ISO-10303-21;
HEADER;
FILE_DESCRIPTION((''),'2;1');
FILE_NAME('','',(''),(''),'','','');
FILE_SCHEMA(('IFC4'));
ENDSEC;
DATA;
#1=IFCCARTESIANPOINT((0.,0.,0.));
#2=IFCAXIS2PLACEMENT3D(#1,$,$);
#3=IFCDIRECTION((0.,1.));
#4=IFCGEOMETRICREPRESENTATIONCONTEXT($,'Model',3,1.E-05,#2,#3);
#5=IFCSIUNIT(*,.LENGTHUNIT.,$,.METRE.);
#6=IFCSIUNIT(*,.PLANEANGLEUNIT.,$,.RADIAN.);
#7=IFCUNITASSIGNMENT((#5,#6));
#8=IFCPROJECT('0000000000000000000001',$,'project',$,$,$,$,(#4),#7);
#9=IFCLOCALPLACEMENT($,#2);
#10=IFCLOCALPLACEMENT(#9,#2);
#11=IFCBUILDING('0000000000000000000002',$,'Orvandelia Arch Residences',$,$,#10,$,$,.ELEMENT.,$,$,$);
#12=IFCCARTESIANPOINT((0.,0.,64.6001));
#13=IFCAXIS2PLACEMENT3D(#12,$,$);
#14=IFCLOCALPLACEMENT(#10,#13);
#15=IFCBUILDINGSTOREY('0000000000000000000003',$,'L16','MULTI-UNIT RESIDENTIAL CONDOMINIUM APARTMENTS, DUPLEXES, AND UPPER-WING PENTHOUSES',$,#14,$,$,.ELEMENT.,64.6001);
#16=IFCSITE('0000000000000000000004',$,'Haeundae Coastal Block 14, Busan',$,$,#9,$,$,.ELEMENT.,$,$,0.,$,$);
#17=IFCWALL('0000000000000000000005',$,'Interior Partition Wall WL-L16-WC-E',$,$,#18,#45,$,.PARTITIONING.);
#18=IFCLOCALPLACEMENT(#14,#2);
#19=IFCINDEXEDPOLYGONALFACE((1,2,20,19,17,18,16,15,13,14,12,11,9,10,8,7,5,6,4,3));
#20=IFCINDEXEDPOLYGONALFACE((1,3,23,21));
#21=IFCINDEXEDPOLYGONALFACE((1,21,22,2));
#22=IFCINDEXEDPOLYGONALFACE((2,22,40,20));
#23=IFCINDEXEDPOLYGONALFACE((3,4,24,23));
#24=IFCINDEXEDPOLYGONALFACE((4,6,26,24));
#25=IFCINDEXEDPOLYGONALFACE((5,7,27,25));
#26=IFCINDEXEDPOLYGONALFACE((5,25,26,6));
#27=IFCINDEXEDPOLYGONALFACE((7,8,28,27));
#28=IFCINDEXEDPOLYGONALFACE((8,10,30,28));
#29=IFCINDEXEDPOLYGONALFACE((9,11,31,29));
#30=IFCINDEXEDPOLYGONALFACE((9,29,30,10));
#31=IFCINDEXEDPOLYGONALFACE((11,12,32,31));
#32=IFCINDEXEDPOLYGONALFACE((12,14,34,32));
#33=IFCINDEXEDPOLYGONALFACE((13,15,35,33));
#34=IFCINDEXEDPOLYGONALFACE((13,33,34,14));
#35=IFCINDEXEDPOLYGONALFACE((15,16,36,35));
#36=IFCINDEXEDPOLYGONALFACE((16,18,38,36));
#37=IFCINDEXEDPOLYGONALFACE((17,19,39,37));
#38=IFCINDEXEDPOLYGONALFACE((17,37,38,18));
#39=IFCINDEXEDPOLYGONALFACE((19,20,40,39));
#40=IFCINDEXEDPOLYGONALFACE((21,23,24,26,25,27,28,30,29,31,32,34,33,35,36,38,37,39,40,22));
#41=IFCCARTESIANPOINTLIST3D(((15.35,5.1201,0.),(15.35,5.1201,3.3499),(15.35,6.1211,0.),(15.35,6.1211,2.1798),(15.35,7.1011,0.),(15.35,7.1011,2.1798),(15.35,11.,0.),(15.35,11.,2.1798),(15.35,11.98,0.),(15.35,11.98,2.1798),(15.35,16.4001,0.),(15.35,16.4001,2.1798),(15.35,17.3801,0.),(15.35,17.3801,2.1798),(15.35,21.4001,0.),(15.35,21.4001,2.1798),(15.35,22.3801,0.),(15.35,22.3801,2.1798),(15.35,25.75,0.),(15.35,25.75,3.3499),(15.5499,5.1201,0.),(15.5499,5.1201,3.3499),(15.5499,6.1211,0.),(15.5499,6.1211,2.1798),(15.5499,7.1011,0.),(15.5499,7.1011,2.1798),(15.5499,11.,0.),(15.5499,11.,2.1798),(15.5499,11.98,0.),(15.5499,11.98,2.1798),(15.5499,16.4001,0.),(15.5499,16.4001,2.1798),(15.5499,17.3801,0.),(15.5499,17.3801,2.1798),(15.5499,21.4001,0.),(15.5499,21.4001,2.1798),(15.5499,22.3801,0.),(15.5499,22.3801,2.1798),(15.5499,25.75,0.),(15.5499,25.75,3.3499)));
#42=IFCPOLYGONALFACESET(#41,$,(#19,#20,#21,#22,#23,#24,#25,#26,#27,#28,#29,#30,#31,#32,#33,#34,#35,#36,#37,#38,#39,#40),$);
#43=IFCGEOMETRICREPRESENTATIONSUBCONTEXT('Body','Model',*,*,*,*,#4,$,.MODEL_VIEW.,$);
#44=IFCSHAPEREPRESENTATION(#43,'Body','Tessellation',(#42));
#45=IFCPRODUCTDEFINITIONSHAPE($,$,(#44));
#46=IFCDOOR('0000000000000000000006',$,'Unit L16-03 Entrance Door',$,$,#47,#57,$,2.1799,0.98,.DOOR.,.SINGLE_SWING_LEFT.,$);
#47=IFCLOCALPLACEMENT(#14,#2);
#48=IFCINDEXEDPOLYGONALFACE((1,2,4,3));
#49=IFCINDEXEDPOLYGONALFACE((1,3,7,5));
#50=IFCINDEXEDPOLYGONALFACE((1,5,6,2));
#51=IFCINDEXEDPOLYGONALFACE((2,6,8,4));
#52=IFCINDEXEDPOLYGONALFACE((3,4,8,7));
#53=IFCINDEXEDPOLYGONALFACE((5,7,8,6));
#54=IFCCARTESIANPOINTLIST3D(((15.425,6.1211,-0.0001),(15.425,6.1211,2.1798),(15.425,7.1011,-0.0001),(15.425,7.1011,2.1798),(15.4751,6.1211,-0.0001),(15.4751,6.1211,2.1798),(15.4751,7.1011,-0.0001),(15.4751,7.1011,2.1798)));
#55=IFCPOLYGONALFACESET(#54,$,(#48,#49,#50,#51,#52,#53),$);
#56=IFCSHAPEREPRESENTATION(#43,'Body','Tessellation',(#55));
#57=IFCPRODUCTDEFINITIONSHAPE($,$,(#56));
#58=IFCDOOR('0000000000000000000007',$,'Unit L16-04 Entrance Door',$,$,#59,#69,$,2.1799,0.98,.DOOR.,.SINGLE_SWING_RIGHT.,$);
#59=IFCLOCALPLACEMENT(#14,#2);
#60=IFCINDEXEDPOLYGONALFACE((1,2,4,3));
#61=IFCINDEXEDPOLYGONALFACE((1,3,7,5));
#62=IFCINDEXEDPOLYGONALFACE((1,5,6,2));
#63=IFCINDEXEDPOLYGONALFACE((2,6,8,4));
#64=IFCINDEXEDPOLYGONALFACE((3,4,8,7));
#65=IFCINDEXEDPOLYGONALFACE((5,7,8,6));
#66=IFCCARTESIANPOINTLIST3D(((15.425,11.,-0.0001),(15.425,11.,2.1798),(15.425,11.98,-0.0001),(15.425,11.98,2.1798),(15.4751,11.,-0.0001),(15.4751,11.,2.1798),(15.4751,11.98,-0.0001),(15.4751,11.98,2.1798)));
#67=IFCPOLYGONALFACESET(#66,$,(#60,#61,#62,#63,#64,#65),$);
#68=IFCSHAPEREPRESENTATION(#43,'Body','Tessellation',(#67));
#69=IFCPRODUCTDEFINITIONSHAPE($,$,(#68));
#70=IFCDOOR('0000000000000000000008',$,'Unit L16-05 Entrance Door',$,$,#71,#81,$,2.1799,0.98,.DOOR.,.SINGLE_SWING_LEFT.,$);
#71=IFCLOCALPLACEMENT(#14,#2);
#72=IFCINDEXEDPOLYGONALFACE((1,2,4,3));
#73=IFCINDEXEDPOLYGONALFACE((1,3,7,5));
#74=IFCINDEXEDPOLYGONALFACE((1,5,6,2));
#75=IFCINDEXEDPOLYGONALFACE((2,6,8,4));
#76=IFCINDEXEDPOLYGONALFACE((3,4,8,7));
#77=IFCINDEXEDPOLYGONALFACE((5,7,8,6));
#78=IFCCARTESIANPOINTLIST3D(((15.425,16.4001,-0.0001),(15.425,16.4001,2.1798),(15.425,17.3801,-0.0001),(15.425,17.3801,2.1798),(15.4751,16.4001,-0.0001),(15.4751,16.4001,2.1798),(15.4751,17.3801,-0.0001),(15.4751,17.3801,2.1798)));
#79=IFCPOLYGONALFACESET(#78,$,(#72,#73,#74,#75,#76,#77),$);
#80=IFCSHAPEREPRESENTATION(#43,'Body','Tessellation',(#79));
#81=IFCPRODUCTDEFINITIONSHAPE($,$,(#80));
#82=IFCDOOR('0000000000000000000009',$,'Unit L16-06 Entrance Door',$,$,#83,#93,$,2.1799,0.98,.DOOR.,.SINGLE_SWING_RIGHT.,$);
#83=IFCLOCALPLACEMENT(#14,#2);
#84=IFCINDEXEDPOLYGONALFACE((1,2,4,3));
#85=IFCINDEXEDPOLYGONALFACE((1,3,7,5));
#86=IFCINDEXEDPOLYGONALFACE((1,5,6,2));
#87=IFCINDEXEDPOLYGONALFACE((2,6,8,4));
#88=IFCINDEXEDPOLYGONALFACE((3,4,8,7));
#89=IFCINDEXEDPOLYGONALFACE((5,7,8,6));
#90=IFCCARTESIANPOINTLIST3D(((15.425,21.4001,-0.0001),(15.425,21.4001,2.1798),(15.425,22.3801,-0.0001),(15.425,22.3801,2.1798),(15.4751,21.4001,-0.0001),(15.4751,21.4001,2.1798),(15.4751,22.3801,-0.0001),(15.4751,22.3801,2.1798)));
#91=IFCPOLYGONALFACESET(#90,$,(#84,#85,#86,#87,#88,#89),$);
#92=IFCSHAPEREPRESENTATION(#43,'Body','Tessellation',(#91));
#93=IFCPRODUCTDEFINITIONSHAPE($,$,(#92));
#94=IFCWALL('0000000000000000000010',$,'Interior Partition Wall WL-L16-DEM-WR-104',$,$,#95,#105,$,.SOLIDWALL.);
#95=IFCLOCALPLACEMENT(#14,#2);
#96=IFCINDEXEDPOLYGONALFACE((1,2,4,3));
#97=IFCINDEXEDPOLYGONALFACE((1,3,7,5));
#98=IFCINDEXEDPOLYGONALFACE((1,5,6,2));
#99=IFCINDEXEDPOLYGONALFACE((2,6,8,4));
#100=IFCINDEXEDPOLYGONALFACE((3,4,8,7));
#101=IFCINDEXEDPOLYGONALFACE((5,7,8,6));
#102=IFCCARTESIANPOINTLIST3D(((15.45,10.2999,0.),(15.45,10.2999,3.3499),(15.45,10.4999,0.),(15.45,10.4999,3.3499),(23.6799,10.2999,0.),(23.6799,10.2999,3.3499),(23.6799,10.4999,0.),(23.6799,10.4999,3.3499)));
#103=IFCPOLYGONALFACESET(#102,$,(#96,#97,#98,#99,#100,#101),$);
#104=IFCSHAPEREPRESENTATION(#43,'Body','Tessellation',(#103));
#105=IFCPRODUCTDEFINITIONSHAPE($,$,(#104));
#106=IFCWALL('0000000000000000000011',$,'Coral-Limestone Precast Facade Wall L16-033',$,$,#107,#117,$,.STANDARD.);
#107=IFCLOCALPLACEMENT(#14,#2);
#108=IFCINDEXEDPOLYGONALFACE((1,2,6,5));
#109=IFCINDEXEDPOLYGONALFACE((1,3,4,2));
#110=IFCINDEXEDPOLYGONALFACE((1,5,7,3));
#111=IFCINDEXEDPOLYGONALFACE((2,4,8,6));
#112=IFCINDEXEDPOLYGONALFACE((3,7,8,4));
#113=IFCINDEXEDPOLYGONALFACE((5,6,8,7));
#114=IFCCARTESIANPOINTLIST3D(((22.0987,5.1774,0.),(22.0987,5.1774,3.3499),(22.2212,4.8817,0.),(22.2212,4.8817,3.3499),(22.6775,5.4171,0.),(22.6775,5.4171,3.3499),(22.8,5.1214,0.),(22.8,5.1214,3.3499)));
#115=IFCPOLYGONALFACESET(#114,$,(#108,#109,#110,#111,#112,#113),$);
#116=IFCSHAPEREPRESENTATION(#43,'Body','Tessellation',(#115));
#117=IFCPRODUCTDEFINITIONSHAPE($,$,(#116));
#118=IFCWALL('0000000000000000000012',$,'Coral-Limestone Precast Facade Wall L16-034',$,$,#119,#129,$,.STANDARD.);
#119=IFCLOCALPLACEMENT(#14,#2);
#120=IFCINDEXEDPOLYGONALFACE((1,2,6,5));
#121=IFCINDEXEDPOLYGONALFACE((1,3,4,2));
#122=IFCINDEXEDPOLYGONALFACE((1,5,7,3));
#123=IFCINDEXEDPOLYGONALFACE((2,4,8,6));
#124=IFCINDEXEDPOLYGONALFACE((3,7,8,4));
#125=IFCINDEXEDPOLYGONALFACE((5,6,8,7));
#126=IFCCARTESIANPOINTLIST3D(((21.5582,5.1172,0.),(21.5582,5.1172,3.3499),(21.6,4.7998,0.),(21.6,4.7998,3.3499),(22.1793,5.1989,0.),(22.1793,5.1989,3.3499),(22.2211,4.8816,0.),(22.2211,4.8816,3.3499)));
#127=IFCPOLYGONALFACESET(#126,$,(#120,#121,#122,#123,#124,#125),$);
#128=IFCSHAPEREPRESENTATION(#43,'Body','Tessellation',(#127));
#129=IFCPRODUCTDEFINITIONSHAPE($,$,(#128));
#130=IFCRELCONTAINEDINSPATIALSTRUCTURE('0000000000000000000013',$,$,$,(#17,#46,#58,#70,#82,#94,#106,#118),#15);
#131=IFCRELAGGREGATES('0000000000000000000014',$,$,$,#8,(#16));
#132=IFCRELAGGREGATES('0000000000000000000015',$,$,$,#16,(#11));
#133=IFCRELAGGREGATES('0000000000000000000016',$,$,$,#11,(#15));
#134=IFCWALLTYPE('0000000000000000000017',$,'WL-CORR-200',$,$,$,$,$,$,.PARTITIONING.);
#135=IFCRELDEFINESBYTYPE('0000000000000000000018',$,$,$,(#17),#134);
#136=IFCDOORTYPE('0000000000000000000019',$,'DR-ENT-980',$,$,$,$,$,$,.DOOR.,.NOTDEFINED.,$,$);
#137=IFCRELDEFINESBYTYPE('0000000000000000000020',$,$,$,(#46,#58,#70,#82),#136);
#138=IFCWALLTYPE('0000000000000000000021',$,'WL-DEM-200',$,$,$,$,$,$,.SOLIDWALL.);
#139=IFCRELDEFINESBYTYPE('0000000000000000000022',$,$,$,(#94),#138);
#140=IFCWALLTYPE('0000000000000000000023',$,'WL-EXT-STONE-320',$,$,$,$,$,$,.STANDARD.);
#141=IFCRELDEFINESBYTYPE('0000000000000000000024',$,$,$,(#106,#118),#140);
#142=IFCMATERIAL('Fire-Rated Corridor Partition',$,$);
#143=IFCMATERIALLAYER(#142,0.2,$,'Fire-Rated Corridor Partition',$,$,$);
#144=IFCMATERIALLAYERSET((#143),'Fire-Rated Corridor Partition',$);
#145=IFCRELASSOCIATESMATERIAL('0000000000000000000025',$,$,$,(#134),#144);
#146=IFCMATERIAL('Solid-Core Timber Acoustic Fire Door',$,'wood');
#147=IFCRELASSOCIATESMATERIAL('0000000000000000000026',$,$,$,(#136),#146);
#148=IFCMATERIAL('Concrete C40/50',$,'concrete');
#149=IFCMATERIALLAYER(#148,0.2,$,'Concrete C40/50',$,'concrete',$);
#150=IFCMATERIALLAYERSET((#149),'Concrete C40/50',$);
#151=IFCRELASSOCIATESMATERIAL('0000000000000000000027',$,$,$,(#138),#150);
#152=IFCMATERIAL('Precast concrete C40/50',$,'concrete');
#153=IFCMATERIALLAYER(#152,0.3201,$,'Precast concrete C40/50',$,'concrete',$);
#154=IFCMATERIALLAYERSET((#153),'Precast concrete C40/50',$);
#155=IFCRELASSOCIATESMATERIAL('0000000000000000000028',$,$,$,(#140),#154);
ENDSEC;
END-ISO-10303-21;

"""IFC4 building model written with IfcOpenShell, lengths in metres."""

from ifc_helpers import new_model, si_unit, direction, frame, frame_2d, origin, place, context, subcontext, project, spatial, rectangle, extrude, material, layer, layer_set, type_object, element, fill, save


model = new_model("IFC4")

# Units and contexts
model_context = context("Model", 3, precision=1e-05, world=origin(), true_north=direction((0.0, 1.0)))
body_context = subcontext(model_context, "Body", "Model", "MODEL_VIEW")
ifc_project = project(units=[si_unit("LENGTHUNIT", "METRE"), si_unit("PLANEANGLEUNIT", "RADIAN")], contexts=[model_context])

# Site, building, storey
site_placement = place(None, origin())
site = spatial("IfcSite", under=ifc_project, at=site_placement, Name="Haeundae Coastal Block 14, Busan", CompositionType="ELEMENT", RefElevation=0.0)
building_placement = place(site_placement, origin())
building = spatial("IfcBuilding", under=site, at=building_placement, Name="Orvandelia Arch Residences", CompositionType="ELEMENT")
storey_placement = place(building_placement, frame((0.0, 0.0, 64.6001)))
storey = spatial("IfcBuildingStorey", under=building, at=storey_placement, Name="L16", Description="MULTI-UNIT RESIDENTIAL CONDOMINIUM APARTMENTS, DUPLEXES, AND UPPER-WING PENTHOUSES", CompositionType="ELEMENT", Elevation=64.6001)

# Wall, openings, doors
ifc_material_1 = material(Name="Fire-Rated Corridor Partition")
ifc_layer_1 = layer(ifc_material_1, 0.2, Name="Fire-Rated Corridor Partition")
ifc_layer_set_1 = layer_set([ifc_layer_1], Name="Fire-Rated Corridor Partition")
wall_type_1 = type_object("IfcWallType", Name="WL-CORR-200", PredefinedType="PARTITIONING", material=ifc_layer_set_1)
ifc_material_2 = material(Name="Solid-Core Timber Acoustic Fire Door", Category="wood")
door_type_1 = type_object("IfcDoorType", Name="DR-ENT-980", OperationType="NOTDEFINED", PredefinedType="DOOR", material=ifc_material_2)
wall_1_placement = place(storey_placement, frame((15.45, 5.1201, 0.0), z_axis=(0.0, 0.0, 1.0), x_axis=(0.0, 1.0, 0.0)))
wall_1 = element("IfcWall", 1, at=wall_1_placement, inside=storey, type_object=wall_type_1, Name="Interior Partition Wall WL-L16-WC-E", PredefinedType="PARTITIONING", context=body_context, shape_type="SweptSolid", body=[
    extrude(rectangle(XDim=20.6299, YDim=0.2, at=frame_2d((10.3149, 0.0))), origin(), (0.0, 0.0, 1.0), 3.3499),
])
opening_1_placement = place(wall_1_placement, frame((1.001, 0.0, 0.0)))
opening_1 = element("IfcOpeningElement", 2, at=opening_1_placement, cuts=wall_1, PredefinedType="OPENING", context=body_context, shape_type="SweptSolid", body=[
    extrude(rectangle(XDim=0.98, YDim=2.1799, at=frame_2d((0.49, 1.0898))), frame((0.0, 0.1099, 0.0), z_axis=(0.0, -1.0, 0.0), x_axis=(1.0, 0.0, 0.0)), (0.0, 0.0, 1.0), 0.22),
])
opening_2_placement = place(wall_1_placement, frame((5.8799, 0.0, 0.0)))
opening_2 = element("IfcOpeningElement", 3, at=opening_2_placement, cuts=wall_1, PredefinedType="OPENING", context=body_context, shape_type="SweptSolid", body=[
    extrude(rectangle(XDim=0.98, YDim=2.1799, at=frame_2d((0.49, 1.0898))), frame((0.0, 0.1099, 0.0), z_axis=(0.0, -1.0, 0.0), x_axis=(1.0, 0.0, 0.0)), (0.0, 0.0, 1.0), 0.22),
])
opening_3_placement = place(wall_1_placement, frame((11.28, 0.0, 0.0)))
opening_3 = element("IfcOpeningElement", 4, at=opening_3_placement, cuts=wall_1, PredefinedType="OPENING", context=body_context, shape_type="SweptSolid", body=[
    extrude(rectangle(XDim=0.98, YDim=2.1799, at=frame_2d((0.49, 1.0898))), frame((0.0, 0.1099, 0.0), z_axis=(0.0, -1.0, 0.0), x_axis=(1.0, 0.0, 0.0)), (0.0, 0.0, 1.0), 0.22),
])
opening_4_placement = place(wall_1_placement, frame((16.28, 0.0, 0.0)))
opening_4 = element("IfcOpeningElement", 5, at=opening_4_placement, cuts=wall_1, PredefinedType="OPENING", context=body_context, shape_type="SweptSolid", body=[
    extrude(rectangle(XDim=0.98, YDim=2.1799, at=frame_2d((0.49, 1.0898))), frame((0.0, 0.1099, 0.0), z_axis=(0.0, -1.0, 0.0), x_axis=(1.0, 0.0, 0.0)), (0.0, 0.0, 1.0), 0.22),
])
door_1_placement = place(opening_1_placement, origin())
door_1 = element("IfcDoor", 6, at=door_1_placement, inside=storey, type_object=door_type_1, Name="Unit L16-03 Entrance Door", OperationType="SINGLE_SWING_LEFT", OverallHeight=2.1799, OverallWidth=0.98, PredefinedType="DOOR", context=body_context, shape_type="SweptSolid", body=[
    extrude(rectangle(XDim=0.98, YDim=2.1799, at=frame_2d((0.49, 1.0898))), frame((0.0, 0.0249, 0.0), z_axis=(0.0, -1.0, 0.0), x_axis=(1.0, 0.0, 0.0)), (0.0, 0.0, 1.0), 0.05),
])
fill(opening_1, door_1)
door_2_placement = place(opening_2_placement, origin())
door_2 = element("IfcDoor", 7, at=door_2_placement, inside=storey, type_object=door_type_1, Name="Unit L16-04 Entrance Door", OperationType="SINGLE_SWING_RIGHT", OverallHeight=2.1799, OverallWidth=0.98, PredefinedType="DOOR", context=body_context, shape_type="SweptSolid", body=[
    extrude(rectangle(XDim=0.98, YDim=2.1799, at=frame_2d((0.49, 1.0898))), frame((0.0, 0.0249, 0.0), z_axis=(0.0, -1.0, 0.0), x_axis=(1.0, 0.0, 0.0)), (0.0, 0.0, 1.0), 0.05),
])
fill(opening_2, door_2)
door_3_placement = place(opening_3_placement, origin())
door_3 = element("IfcDoor", 8, at=door_3_placement, inside=storey, type_object=door_type_1, Name="Unit L16-05 Entrance Door", OperationType="SINGLE_SWING_LEFT", OverallHeight=2.1799, OverallWidth=0.98, PredefinedType="DOOR", context=body_context, shape_type="SweptSolid", body=[
    extrude(rectangle(XDim=0.98, YDim=2.1799, at=frame_2d((0.49, 1.0898))), frame((0.0, 0.0249, 0.0), z_axis=(0.0, -1.0, 0.0), x_axis=(1.0, 0.0, 0.0)), (0.0, 0.0, 1.0), 0.05),
])
fill(opening_3, door_3)
door_4_placement = place(opening_4_placement, origin())
door_4 = element("IfcDoor", 9, at=door_4_placement, inside=storey, type_object=door_type_1, Name="Unit L16-06 Entrance Door", OperationType="SINGLE_SWING_RIGHT", OverallHeight=2.1799, OverallWidth=0.98, PredefinedType="DOOR", context=body_context, shape_type="SweptSolid", body=[
    extrude(rectangle(XDim=0.98, YDim=2.1799, at=frame_2d((0.49, 1.0898))), frame((0.0, 0.0249, 0.0), z_axis=(0.0, -1.0, 0.0), x_axis=(1.0, 0.0, 0.0)), (0.0, 0.0, 1.0), 0.05),
])
fill(opening_4, door_4)

# Walls
ifc_material_3 = material(Name="Concrete C40/50", Category="concrete")
ifc_layer_2 = layer(ifc_material_3, 0.2, Name="Concrete C40/50", Category="concrete")
ifc_layer_set_2 = layer_set([ifc_layer_2], Name="Concrete C40/50")
wall_type_2 = type_object("IfcWallType", Name="WL-DEM-200", PredefinedType="SOLIDWALL", material=ifc_layer_set_2)
wall_2_placement = place(storey_placement, frame((15.45, 10.3999, 0.0), z_axis=(0.0, 0.0, 1.0), x_axis=(1.0, 0.0, 0.0)))
element("IfcWall", 10, at=wall_2_placement, inside=storey, type_object=wall_type_2, Name="Interior Partition Wall WL-L16-DEM-WR-104", PredefinedType="SOLIDWALL", context=body_context, shape_type="SweptSolid", body=[
    extrude(rectangle(XDim=8.23, YDim=0.2, at=frame_2d((4.115, 0.0))), origin(), (0.0, 0.0, 1.0), 3.3499),
])
ifc_material_4 = material(Name="Precast concrete C40/50", Category="concrete")
ifc_layer_3 = layer(ifc_material_4, 0.3201, Name="Precast concrete C40/50", Category="concrete")
ifc_layer_set_3 = layer_set([ifc_layer_3], Name="Precast concrete C40/50")
wall_type_3 = type_object("IfcWallType", Name="WL-EXT-STONE-320", PredefinedType="STANDARD", material=ifc_layer_set_3)
for number, where, z_axis, x_axis, name in (
    (11, (22.7388, 5.2693, 0.0), (0.0, 0.0, 1.0), (-0.923893, -0.38265, 0.0), "Coral-Limestone Precast Facade Wall L16-033"),
    (12, (22.2002, 5.0403, 0.0), (0.0, 0.0, 1.0), (-0.991441, -0.130555, 0.0), "Coral-Limestone Precast Facade Wall L16-034"),
):
    element("IfcWall", number, at=place(storey_placement, frame(where, z_axis=z_axis, x_axis=x_axis)), inside=storey, type_object=wall_type_3, Name=name, PredefinedType="STANDARD", context=body_context, shape_type="SweptSolid", body=[
        extrude(rectangle(XDim=0.6265, YDim=0.3201, at=frame_2d((0.3132, 0.0))), origin(), (0.0, 0.0, 1.0), 3.3499),
    ])

save(model, "model.ifc")
